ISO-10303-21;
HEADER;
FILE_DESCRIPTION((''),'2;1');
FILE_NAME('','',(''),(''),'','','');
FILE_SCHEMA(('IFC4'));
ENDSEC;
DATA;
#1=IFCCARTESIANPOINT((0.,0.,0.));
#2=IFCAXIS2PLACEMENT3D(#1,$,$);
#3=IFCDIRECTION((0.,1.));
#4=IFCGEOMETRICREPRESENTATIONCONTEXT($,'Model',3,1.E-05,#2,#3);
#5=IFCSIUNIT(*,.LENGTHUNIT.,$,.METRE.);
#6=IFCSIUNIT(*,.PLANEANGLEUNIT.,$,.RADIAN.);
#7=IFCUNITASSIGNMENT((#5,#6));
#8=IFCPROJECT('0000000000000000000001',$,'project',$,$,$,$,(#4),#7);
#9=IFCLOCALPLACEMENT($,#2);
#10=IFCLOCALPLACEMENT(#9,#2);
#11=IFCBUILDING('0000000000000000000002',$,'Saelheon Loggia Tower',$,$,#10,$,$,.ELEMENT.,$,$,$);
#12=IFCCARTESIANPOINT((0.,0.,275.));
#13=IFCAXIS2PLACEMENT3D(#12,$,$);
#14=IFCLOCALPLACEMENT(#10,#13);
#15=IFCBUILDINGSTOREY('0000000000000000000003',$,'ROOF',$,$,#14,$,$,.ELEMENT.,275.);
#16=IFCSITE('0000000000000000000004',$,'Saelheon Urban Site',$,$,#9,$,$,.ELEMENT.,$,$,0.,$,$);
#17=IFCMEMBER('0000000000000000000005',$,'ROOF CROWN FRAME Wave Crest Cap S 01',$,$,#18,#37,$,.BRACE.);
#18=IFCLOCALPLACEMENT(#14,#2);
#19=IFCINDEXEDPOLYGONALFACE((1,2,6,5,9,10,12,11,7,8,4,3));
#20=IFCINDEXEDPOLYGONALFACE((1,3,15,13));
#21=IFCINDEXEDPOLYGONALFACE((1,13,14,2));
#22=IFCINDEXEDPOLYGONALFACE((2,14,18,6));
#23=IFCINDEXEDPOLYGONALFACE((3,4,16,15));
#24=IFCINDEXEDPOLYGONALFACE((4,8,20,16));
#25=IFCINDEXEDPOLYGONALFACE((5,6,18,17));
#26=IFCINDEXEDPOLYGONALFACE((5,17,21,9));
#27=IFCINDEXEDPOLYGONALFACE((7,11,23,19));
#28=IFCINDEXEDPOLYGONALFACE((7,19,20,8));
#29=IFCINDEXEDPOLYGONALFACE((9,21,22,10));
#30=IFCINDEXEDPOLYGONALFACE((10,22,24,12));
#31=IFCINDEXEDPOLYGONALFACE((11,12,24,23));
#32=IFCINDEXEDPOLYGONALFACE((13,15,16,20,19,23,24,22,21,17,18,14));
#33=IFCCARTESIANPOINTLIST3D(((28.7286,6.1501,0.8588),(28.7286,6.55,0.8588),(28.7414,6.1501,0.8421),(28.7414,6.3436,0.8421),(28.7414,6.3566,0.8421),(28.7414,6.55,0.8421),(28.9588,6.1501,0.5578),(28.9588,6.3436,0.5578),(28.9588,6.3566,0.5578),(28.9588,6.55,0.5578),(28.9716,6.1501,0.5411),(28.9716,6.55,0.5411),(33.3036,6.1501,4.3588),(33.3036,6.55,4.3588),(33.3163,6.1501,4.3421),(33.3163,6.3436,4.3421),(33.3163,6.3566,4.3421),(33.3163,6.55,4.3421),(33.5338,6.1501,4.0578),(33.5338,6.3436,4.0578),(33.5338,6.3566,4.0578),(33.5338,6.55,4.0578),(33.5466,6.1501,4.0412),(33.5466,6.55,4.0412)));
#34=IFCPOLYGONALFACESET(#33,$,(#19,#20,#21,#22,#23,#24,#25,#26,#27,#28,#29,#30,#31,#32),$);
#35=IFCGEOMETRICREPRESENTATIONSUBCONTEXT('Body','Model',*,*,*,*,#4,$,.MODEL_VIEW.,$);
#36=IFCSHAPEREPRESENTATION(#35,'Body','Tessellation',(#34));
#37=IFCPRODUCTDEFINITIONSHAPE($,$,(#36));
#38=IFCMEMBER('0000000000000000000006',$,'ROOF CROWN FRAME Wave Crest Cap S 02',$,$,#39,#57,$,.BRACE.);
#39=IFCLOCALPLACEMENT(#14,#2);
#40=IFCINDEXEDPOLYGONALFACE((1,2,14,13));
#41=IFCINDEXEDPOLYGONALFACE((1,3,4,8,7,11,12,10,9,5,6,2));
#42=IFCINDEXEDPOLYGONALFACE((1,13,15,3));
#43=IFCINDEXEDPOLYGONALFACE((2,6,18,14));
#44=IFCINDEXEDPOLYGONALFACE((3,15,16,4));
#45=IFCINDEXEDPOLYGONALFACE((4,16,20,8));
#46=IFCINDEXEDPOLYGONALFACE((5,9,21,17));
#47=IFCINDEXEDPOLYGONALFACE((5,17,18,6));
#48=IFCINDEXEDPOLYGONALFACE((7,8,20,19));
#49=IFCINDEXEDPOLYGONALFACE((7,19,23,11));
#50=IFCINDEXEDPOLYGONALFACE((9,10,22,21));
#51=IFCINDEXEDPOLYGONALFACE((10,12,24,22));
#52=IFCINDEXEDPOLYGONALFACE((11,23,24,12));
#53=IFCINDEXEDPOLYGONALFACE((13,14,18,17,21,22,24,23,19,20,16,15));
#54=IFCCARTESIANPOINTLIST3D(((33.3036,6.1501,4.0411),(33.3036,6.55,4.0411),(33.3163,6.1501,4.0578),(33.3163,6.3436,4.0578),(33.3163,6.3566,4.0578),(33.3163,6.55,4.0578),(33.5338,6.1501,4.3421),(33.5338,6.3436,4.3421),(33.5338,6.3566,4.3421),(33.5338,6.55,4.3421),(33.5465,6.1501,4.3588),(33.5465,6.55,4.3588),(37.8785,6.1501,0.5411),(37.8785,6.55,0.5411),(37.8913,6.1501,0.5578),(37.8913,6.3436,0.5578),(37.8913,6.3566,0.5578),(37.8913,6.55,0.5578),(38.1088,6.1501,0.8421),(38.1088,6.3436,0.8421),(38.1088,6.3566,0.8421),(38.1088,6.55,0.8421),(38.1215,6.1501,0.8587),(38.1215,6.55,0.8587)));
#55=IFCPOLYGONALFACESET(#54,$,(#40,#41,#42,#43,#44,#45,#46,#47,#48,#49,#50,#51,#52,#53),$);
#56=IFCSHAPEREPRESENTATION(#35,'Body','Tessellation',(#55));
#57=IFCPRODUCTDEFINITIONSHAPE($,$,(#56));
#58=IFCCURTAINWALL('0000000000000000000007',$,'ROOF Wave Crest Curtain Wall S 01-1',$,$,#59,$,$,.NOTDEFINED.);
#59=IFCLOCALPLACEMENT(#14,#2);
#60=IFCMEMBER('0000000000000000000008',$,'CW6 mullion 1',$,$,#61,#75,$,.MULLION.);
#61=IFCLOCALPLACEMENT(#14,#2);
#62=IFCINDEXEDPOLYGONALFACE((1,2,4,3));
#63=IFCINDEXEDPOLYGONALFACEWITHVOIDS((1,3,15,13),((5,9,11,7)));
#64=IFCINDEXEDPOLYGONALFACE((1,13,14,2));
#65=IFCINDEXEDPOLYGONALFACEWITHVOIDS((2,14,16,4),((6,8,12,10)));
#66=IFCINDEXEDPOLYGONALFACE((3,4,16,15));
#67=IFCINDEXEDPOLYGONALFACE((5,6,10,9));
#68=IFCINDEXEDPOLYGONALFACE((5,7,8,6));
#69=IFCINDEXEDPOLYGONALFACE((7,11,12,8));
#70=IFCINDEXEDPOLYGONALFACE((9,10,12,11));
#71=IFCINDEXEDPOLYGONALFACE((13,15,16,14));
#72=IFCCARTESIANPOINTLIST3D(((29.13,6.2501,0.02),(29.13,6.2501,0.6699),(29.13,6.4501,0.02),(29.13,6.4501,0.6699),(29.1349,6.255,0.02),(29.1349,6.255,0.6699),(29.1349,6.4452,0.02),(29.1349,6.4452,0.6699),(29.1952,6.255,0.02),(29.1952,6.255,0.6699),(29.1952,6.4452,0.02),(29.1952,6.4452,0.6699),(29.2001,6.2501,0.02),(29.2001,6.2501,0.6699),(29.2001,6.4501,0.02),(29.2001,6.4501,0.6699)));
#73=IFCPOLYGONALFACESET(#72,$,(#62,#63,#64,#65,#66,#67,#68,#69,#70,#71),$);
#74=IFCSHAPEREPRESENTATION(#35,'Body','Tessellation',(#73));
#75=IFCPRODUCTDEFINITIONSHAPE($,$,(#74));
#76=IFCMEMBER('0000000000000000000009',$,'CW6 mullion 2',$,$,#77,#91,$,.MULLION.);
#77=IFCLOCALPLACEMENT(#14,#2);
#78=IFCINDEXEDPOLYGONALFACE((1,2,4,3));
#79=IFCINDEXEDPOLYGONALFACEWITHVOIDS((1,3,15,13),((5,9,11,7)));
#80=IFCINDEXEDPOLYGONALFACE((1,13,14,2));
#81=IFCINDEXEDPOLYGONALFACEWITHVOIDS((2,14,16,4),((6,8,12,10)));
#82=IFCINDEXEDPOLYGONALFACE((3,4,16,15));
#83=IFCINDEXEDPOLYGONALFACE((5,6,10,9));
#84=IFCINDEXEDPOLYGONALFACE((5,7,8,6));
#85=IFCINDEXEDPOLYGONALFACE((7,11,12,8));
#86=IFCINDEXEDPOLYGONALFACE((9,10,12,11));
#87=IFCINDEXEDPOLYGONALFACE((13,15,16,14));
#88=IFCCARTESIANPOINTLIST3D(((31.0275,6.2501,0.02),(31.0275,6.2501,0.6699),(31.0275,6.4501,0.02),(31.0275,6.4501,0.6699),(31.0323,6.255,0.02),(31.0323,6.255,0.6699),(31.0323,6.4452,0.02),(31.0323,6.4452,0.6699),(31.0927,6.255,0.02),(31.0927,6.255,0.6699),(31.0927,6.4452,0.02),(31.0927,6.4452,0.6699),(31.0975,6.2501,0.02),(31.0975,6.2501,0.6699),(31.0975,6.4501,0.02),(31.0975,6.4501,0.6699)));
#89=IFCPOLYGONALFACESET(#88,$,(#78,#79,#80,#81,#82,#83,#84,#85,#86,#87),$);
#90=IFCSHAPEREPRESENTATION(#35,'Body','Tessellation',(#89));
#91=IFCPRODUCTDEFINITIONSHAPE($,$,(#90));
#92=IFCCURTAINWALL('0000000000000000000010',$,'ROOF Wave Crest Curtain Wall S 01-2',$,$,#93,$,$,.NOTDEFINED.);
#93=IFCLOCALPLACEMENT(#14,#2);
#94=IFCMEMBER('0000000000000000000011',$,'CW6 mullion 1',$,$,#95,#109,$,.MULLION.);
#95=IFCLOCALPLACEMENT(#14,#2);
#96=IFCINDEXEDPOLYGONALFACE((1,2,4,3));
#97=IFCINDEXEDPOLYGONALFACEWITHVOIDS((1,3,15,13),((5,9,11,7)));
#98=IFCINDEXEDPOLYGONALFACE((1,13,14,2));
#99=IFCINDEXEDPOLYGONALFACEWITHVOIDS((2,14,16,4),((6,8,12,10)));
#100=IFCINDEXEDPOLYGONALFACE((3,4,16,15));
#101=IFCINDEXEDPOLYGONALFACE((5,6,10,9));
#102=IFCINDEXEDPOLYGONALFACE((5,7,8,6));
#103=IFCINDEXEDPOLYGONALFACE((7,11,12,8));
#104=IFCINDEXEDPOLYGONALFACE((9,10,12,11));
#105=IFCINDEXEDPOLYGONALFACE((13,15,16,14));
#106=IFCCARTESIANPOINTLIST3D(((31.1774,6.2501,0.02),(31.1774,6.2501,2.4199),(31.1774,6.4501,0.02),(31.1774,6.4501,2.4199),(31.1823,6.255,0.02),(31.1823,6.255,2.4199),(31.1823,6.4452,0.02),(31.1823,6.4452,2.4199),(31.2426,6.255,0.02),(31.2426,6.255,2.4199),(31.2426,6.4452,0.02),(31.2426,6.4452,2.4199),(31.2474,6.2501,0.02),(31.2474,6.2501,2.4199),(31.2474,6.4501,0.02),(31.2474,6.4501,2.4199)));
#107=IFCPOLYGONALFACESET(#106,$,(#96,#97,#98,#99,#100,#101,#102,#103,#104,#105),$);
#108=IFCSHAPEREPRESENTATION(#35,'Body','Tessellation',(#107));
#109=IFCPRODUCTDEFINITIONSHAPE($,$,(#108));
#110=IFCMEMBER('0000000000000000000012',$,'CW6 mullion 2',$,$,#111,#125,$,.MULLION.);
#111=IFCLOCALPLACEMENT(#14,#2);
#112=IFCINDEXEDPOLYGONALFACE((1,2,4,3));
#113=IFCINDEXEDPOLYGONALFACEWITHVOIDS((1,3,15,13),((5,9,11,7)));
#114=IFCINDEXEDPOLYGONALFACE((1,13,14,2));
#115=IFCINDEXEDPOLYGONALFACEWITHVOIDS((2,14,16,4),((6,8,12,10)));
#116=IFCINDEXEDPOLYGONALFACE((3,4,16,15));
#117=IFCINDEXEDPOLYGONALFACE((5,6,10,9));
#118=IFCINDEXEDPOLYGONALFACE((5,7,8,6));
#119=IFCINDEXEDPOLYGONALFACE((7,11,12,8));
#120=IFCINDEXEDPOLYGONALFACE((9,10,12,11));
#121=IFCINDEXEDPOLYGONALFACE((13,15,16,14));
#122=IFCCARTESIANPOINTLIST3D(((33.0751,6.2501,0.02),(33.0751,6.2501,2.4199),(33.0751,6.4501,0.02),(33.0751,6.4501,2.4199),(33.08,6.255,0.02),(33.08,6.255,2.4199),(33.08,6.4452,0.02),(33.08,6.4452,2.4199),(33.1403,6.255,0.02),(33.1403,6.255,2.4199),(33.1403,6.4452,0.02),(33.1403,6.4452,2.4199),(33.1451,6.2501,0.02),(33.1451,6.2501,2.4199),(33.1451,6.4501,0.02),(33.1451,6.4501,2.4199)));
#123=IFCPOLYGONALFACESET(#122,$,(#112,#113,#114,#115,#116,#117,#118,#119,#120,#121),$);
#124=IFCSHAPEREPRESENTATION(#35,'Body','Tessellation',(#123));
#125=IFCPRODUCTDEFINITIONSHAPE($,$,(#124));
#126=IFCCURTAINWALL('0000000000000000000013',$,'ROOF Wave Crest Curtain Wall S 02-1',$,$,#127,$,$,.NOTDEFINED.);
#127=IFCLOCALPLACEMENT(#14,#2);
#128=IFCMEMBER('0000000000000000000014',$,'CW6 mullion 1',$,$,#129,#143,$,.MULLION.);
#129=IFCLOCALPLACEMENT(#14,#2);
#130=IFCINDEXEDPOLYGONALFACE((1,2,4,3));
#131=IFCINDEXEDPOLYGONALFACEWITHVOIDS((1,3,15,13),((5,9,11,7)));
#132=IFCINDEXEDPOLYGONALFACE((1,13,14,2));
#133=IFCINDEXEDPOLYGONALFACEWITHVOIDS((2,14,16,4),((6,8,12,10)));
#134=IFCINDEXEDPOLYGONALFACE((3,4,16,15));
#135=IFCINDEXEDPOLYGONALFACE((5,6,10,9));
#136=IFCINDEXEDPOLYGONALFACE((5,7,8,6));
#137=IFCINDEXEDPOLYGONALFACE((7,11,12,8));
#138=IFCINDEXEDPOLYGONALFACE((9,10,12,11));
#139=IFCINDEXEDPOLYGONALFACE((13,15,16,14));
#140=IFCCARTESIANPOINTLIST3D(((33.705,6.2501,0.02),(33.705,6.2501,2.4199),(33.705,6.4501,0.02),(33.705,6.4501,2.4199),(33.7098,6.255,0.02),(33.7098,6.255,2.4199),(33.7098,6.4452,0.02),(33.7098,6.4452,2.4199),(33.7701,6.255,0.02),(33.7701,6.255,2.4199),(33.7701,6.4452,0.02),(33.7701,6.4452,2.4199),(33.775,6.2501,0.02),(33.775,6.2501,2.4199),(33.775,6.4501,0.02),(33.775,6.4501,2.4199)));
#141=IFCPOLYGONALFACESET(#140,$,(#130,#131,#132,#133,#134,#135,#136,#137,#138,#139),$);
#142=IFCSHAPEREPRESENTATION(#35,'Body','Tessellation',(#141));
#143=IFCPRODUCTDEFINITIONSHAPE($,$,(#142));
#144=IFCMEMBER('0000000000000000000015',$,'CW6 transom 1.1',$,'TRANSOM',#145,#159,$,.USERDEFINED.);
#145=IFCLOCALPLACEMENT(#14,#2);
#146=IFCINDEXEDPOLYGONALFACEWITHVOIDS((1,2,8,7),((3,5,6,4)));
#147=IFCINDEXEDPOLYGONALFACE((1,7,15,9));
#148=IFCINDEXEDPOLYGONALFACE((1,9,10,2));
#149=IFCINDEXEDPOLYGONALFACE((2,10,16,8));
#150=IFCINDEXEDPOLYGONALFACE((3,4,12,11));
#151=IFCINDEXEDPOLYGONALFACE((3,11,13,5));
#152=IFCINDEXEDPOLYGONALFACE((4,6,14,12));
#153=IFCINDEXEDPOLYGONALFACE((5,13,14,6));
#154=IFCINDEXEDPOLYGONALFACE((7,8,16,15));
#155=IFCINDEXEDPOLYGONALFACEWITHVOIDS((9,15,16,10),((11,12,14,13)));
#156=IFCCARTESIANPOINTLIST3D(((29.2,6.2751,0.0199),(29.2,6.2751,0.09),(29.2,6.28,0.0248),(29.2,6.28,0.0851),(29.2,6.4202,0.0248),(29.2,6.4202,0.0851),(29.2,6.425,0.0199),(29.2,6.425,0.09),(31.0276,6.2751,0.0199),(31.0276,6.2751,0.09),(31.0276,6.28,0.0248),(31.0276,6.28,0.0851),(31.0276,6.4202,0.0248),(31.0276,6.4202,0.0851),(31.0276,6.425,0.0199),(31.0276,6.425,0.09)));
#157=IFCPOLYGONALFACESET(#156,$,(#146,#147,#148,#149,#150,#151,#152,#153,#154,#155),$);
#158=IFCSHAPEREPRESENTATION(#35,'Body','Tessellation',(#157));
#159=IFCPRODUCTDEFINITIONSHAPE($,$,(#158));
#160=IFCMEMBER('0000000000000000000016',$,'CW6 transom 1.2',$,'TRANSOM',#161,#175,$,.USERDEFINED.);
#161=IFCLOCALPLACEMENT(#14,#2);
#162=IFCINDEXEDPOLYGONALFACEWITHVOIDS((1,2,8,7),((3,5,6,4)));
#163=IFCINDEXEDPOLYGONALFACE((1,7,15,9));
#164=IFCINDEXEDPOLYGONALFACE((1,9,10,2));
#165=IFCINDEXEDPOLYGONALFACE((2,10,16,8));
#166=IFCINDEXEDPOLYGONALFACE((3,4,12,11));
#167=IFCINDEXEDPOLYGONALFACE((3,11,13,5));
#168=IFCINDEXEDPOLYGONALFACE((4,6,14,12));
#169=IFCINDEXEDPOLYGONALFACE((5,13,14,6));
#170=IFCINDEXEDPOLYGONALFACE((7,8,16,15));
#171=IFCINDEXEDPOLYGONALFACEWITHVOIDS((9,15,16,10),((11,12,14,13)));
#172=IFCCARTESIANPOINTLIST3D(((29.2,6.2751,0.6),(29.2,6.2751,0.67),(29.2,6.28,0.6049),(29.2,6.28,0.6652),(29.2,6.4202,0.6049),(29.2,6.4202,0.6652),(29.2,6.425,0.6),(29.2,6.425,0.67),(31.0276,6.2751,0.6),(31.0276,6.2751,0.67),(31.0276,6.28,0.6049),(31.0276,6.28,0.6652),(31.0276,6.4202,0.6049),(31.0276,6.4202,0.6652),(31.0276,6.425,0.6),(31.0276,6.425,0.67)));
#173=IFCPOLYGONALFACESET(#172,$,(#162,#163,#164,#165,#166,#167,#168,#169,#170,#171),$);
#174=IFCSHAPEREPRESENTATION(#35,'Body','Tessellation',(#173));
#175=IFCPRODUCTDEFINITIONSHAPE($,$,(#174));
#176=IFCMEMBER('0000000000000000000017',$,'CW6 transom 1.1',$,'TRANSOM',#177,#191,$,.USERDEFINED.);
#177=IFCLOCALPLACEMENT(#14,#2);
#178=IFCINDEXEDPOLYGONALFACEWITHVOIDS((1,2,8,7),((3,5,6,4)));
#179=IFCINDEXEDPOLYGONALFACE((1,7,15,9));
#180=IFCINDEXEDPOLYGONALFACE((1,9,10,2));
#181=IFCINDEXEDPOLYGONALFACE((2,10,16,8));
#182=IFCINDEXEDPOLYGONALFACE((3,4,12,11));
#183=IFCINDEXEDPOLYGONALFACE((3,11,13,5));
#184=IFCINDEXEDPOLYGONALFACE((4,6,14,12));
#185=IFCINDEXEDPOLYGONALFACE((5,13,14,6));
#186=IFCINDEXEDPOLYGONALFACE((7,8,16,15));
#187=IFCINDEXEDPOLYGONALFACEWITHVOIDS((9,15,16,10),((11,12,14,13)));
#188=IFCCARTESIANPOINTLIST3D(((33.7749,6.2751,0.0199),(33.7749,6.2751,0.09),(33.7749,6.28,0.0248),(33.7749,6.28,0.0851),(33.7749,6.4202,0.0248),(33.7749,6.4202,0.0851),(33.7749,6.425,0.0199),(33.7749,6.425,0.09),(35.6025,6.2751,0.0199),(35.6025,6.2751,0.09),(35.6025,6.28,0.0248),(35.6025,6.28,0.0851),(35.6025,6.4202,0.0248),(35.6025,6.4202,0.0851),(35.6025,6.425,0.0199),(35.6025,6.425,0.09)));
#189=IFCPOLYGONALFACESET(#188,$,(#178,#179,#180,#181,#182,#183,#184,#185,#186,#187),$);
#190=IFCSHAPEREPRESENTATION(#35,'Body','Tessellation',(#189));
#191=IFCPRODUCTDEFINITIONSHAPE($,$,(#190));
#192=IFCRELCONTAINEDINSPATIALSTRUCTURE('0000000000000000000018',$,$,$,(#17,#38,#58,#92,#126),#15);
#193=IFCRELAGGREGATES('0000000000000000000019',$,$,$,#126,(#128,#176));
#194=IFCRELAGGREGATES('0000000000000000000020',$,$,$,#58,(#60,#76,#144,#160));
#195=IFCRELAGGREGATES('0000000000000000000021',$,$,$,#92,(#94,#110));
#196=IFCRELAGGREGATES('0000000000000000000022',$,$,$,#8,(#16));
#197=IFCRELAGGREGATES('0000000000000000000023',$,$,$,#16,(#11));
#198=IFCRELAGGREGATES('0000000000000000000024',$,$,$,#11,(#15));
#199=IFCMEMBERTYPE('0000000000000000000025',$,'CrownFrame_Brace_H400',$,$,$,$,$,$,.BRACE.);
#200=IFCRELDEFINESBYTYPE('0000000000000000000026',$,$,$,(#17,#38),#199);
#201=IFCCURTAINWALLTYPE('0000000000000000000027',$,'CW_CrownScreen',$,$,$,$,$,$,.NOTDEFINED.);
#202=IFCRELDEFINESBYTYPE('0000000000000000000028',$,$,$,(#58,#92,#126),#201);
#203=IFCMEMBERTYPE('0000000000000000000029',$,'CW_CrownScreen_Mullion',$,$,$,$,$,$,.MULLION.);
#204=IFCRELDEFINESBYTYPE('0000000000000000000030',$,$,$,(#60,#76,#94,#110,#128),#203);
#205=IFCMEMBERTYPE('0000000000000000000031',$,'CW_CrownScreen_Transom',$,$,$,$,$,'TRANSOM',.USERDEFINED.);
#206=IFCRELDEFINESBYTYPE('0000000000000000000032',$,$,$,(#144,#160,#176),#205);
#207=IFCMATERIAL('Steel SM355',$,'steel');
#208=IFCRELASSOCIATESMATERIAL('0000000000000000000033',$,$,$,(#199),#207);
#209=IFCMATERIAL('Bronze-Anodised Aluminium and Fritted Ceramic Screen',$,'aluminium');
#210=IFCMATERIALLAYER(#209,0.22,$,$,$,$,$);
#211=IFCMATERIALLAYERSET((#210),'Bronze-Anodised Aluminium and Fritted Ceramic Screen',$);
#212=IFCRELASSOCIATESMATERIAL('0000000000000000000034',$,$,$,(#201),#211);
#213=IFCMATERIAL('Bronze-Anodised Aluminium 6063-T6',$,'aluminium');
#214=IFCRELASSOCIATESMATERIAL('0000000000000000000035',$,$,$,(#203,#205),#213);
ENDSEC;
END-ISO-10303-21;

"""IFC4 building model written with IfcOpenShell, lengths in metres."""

from ifc_helpers import new_model, si_unit, direction, frame, origin, origin_2d, place, context, subcontext, project, spatial, hollow_rectangle, i_section, extrude, source, transform, mapped, material, layer, layer_set, material_profile, profile_set, type_object, element, aggregate, save


model = new_model("IFC4")

# Units and contexts
model_context = context("Model", 3, precision=1e-05, world=origin(), true_north=direction((0.0, 1.0)))
body_context = subcontext(model_context, "Body", "Model", "MODEL_VIEW")
ifc_project = project(units=[si_unit("LENGTHUNIT", "METRE"), si_unit("PLANEANGLEUNIT", "RADIAN")], contexts=[model_context])

# Site, building, storey
site_placement = place(None, origin())
site = spatial("IfcSite", under=ifc_project, at=site_placement, Name="Saelheon Urban Site", CompositionType="ELEMENT", RefElevation=0.0)
building_placement = place(site_placement, origin())
building = spatial("IfcBuilding", under=site, at=building_placement, Name="Saelheon Loggia Tower", CompositionType="ELEMENT")
storey_placement = place(building_placement, frame((0.0, 0.0, 275.0)))
storey = spatial("IfcBuildingStorey", under=building, at=storey_placement, Name="ROOF", CompositionType="ELEMENT", Elevation=275.0)

# Members
ifc_material_1 = material(Name="Steel SM355", Category="steel")
ifc_material_profile_1 = material_profile(ifc_material_1, i_section(OverallWidth=0.3999, OverallDepth=0.3999, WebThickness=0.0129, FlangeThickness=0.021, at=origin_2d()), Name="H-400x400x13x21")
ifc_profile_set_1 = profile_set([ifc_material_profile_1], Name="Steel SM355")
member_type_1 = type_object("IfcMemberType", Name="CrownFrame_Brace_H400", PredefinedType="BRACE", material=ifc_profile_set_1)
shared_shape_1 = source(origin(), body_context, "Body", "SweptSolid", [
    extrude(i_section(OverallWidth=0.3999, OverallDepth=0.3999, WebThickness=0.0129, FlangeThickness=0.021, at=origin_2d()), origin(), (0.0, 0.0, 1.0), 5.7603),
])
for number, where, z_axis, x_axis, name in (
    (1, (28.8501, 6.3501, 0.7), (0.794231, 0.0, 0.607615), (0.0, 1.0, 0.0), "ROOF CROWN FRAME Wave Crest Cap S 01"),
    (2, (33.425, 6.3501, 4.2), (0.794231, 0.0, -0.607615), (0.0, 1.0, 0.0), "ROOF CROWN FRAME Wave Crest Cap S 02"),
):
    element("IfcMember", number, at=place(storey_placement, frame(where, z_axis=z_axis, x_axis=x_axis)), inside=storey, type_object=member_type_1, Name=name, PredefinedType="BRACE", context=body_context, shape_type="MappedRepresentation", body=[
        mapped(shared_shape_1, transform((0.0, 0.0, 0.0), scale=1.0)),
    ])

# Curtain walls, members
ifc_material_2 = material(Name="Bronze-Anodised Aluminium and Fritted Ceramic Screen", Category="aluminium")
ifc_layer_1 = layer(ifc_material_2, 0.22)
ifc_layer_set_1 = layer_set([ifc_layer_1], Name="Bronze-Anodised Aluminium and Fritted Ceramic Screen")
curtain_wall_type = type_object("IfcCurtainWallType", Name="CW_CrownScreen", PredefinedType="NOTDEFINED", material=ifc_layer_set_1)
curtain_wall_1_placement = place(storey_placement, origin())
curtain_wall_1 = element("IfcCurtainWall", 3, at=curtain_wall_1_placement, inside=storey, type_object=curtain_wall_type, Name="ROOF Wave Crest Curtain Wall S 01-1", PredefinedType="NOTDEFINED")
ifc_material_3 = material(Name="Bronze-Anodised Aluminium 6063-T6", Category="aluminium")
ifc_material_profile_2 = material_profile(ifc_material_3, hollow_rectangle(XDim=0.0701, YDim=0.2, WallThickness=0.0049, at=origin_2d()), Name="RHS-200x70x5")
ifc_profile_set_2 = profile_set([ifc_material_profile_2], Name="Bronze-Anodised Aluminium 6063-T6")
member_type_2 = type_object("IfcMemberType", Name="CW_CrownScreen_Mullion", PredefinedType="MULLION", material=ifc_profile_set_2)
shared_shape_2 = source(origin(), body_context, "Body", "SweptSolid", [
    extrude(hollow_rectangle(XDim=0.0701, YDim=0.2, WallThickness=0.0049, at=origin_2d()), origin(), (0.0, 0.0, 1.0), 0.6499),
])
member_1_placement = place(storey_placement, frame((29.165, 6.3501, 0.02), z_axis=(0.0, 0.0, 1.0), x_axis=(1.0, 0.0, 0.0)))
member_1 = element("IfcMember", 4, at=member_1_placement, type_object=member_type_2, Name="CW6 mullion 1", PredefinedType="MULLION", context=body_context, shape_type="MappedRepresentation", body=[
    mapped(shared_shape_2, transform((0.0, 0.0, 0.0), scale=1.0)),
])
member_2_placement = place(storey_placement, frame((31.0625, 6.3501, 0.02), z_axis=(0.0, 0.0, 1.0), x_axis=(1.0, 0.0, 0.0)))
member_2 = element("IfcMember", 5, at=member_2_placement, type_object=member_type_2, Name="CW6 mullion 2", PredefinedType="MULLION", context=body_context, shape_type="MappedRepresentation", body=[
    mapped(shared_shape_2, transform((0.0, 0.0, 0.0), scale=1.0)),
])
curtain_wall_2_placement = place(storey_placement, origin())
curtain_wall_2 = element("IfcCurtainWall", 6, at=curtain_wall_2_placement, inside=storey, type_object=curtain_wall_type, Name="ROOF Wave Crest Curtain Wall S 01-2", PredefinedType="NOTDEFINED")
shared_shape_3 = source(origin(), body_context, "Body", "SweptSolid", [
    extrude(hollow_rectangle(XDim=0.0701, YDim=0.2, WallThickness=0.0049, at=origin_2d()), origin(), (0.0, 0.0, 1.0), 2.3999),
])
member_3_placement = place(storey_placement, frame((31.2124, 6.3501, 0.02), z_axis=(0.0, 0.0, 1.0), x_axis=(1.0, 0.0, 0.0)))
member_3 = element("IfcMember", 7, at=member_3_placement, type_object=member_type_2, Name="CW6 mullion 1", PredefinedType="MULLION", context=body_context, shape_type="MappedRepresentation", body=[
    mapped(shared_shape_3, transform((0.0, 0.0, 0.0), scale=1.0)),
])
member_4_placement = place(storey_placement, frame((33.1101, 6.3501, 0.02), z_axis=(0.0, 0.0, 1.0), x_axis=(1.0, 0.0, 0.0)))
member_4 = element("IfcMember", 8, at=member_4_placement, type_object=member_type_2, Name="CW6 mullion 2", PredefinedType="MULLION", context=body_context, shape_type="MappedRepresentation", body=[
    mapped(shared_shape_3, transform((0.0, 0.0, 0.0), scale=1.0)),
])

# Curtain wall, member
curtain_wall_3_placement = place(storey_placement, origin())
curtain_wall_3 = element("IfcCurtainWall", 9, at=curtain_wall_3_placement, inside=storey, type_object=curtain_wall_type, Name="ROOF Wave Crest Curtain Wall S 02-1", PredefinedType="NOTDEFINED")
member_5_placement = place(storey_placement, frame((33.74, 6.3501, 0.02), z_axis=(0.0, 0.0, 1.0), x_axis=(1.0, 0.0, 0.0)))
member_5 = element("IfcMember", 10, at=member_5_placement, type_object=member_type_2, Name="CW6 mullion 1", PredefinedType="MULLION", context=body_context, shape_type="MappedRepresentation", body=[
    mapped(shared_shape_3, transform((0.0, 0.0, 0.0), scale=1.0)),
])

# Members
ifc_material_profile_3 = material_profile(ifc_material_3, hollow_rectangle(XDim=0.0701, YDim=0.1499, WallThickness=0.0049, at=origin_2d()), Name="RHS-150x70x5")
ifc_profile_set_3 = profile_set([ifc_material_profile_3], Name="Bronze-Anodised Aluminium 6063-T6")
member_type_3 = type_object("IfcMemberType", Name="CW_CrownScreen_Transom", ElementType="TRANSOM", PredefinedType="USERDEFINED", material=ifc_profile_set_3)
shared_shape_4 = source(origin(), body_context, "Body", "SweptSolid", [
    extrude(hollow_rectangle(XDim=0.0701, YDim=0.1499, WallThickness=0.0049, at=origin_2d()), origin(), (0.0, 0.0, 1.0), 1.8276),
])
member_6_placement = place(storey_placement, frame((29.2, 6.3501, 0.0549), z_axis=(1.0, 0.0, 0.0), x_axis=(0.0, 0.0, 1.0)))
member_6 = element("IfcMember", 11, at=member_6_placement, type_object=member_type_3, Name="CW6 transom 1.1", ObjectType="TRANSOM", PredefinedType="USERDEFINED", context=body_context, shape_type="MappedRepresentation", body=[
    mapped(shared_shape_4, transform((0.0, 0.0, 0.0), scale=1.0)),
])
member_7_placement = place(storey_placement, frame((29.2, 6.3501, 0.635), z_axis=(1.0, 0.0, 0.0), x_axis=(0.0, 0.0, 1.0)))
member_7 = element("IfcMember", 12, at=member_7_placement, type_object=member_type_3, Name="CW6 transom 1.2", ObjectType="TRANSOM", PredefinedType="USERDEFINED", context=body_context, shape_type="MappedRepresentation", body=[
    mapped(shared_shape_4, transform((0.0, 0.0, 0.0), scale=1.0)),
])
member_8_placement = place(storey_placement, frame((33.7749, 6.3501, 0.0549), z_axis=(1.0, 0.0, 0.0), x_axis=(0.0, 0.0, 1.0)))
member_8 = element("IfcMember", 13, at=member_8_placement, type_object=member_type_3, Name="CW6 transom 1.1", ObjectType="TRANSOM", PredefinedType="USERDEFINED", context=body_context, shape_type="MappedRepresentation", body=[
    mapped(shared_shape_4, transform((0.0, 0.0, 0.0), scale=1.0)),
])
aggregate(curtain_wall_3, [member_5, member_8])

aggregate(curtain_wall_1, [member_1, member_2, member_6, member_7])
aggregate(curtain_wall_2, [member_3, member_4])

save(model, "model.ifc")
